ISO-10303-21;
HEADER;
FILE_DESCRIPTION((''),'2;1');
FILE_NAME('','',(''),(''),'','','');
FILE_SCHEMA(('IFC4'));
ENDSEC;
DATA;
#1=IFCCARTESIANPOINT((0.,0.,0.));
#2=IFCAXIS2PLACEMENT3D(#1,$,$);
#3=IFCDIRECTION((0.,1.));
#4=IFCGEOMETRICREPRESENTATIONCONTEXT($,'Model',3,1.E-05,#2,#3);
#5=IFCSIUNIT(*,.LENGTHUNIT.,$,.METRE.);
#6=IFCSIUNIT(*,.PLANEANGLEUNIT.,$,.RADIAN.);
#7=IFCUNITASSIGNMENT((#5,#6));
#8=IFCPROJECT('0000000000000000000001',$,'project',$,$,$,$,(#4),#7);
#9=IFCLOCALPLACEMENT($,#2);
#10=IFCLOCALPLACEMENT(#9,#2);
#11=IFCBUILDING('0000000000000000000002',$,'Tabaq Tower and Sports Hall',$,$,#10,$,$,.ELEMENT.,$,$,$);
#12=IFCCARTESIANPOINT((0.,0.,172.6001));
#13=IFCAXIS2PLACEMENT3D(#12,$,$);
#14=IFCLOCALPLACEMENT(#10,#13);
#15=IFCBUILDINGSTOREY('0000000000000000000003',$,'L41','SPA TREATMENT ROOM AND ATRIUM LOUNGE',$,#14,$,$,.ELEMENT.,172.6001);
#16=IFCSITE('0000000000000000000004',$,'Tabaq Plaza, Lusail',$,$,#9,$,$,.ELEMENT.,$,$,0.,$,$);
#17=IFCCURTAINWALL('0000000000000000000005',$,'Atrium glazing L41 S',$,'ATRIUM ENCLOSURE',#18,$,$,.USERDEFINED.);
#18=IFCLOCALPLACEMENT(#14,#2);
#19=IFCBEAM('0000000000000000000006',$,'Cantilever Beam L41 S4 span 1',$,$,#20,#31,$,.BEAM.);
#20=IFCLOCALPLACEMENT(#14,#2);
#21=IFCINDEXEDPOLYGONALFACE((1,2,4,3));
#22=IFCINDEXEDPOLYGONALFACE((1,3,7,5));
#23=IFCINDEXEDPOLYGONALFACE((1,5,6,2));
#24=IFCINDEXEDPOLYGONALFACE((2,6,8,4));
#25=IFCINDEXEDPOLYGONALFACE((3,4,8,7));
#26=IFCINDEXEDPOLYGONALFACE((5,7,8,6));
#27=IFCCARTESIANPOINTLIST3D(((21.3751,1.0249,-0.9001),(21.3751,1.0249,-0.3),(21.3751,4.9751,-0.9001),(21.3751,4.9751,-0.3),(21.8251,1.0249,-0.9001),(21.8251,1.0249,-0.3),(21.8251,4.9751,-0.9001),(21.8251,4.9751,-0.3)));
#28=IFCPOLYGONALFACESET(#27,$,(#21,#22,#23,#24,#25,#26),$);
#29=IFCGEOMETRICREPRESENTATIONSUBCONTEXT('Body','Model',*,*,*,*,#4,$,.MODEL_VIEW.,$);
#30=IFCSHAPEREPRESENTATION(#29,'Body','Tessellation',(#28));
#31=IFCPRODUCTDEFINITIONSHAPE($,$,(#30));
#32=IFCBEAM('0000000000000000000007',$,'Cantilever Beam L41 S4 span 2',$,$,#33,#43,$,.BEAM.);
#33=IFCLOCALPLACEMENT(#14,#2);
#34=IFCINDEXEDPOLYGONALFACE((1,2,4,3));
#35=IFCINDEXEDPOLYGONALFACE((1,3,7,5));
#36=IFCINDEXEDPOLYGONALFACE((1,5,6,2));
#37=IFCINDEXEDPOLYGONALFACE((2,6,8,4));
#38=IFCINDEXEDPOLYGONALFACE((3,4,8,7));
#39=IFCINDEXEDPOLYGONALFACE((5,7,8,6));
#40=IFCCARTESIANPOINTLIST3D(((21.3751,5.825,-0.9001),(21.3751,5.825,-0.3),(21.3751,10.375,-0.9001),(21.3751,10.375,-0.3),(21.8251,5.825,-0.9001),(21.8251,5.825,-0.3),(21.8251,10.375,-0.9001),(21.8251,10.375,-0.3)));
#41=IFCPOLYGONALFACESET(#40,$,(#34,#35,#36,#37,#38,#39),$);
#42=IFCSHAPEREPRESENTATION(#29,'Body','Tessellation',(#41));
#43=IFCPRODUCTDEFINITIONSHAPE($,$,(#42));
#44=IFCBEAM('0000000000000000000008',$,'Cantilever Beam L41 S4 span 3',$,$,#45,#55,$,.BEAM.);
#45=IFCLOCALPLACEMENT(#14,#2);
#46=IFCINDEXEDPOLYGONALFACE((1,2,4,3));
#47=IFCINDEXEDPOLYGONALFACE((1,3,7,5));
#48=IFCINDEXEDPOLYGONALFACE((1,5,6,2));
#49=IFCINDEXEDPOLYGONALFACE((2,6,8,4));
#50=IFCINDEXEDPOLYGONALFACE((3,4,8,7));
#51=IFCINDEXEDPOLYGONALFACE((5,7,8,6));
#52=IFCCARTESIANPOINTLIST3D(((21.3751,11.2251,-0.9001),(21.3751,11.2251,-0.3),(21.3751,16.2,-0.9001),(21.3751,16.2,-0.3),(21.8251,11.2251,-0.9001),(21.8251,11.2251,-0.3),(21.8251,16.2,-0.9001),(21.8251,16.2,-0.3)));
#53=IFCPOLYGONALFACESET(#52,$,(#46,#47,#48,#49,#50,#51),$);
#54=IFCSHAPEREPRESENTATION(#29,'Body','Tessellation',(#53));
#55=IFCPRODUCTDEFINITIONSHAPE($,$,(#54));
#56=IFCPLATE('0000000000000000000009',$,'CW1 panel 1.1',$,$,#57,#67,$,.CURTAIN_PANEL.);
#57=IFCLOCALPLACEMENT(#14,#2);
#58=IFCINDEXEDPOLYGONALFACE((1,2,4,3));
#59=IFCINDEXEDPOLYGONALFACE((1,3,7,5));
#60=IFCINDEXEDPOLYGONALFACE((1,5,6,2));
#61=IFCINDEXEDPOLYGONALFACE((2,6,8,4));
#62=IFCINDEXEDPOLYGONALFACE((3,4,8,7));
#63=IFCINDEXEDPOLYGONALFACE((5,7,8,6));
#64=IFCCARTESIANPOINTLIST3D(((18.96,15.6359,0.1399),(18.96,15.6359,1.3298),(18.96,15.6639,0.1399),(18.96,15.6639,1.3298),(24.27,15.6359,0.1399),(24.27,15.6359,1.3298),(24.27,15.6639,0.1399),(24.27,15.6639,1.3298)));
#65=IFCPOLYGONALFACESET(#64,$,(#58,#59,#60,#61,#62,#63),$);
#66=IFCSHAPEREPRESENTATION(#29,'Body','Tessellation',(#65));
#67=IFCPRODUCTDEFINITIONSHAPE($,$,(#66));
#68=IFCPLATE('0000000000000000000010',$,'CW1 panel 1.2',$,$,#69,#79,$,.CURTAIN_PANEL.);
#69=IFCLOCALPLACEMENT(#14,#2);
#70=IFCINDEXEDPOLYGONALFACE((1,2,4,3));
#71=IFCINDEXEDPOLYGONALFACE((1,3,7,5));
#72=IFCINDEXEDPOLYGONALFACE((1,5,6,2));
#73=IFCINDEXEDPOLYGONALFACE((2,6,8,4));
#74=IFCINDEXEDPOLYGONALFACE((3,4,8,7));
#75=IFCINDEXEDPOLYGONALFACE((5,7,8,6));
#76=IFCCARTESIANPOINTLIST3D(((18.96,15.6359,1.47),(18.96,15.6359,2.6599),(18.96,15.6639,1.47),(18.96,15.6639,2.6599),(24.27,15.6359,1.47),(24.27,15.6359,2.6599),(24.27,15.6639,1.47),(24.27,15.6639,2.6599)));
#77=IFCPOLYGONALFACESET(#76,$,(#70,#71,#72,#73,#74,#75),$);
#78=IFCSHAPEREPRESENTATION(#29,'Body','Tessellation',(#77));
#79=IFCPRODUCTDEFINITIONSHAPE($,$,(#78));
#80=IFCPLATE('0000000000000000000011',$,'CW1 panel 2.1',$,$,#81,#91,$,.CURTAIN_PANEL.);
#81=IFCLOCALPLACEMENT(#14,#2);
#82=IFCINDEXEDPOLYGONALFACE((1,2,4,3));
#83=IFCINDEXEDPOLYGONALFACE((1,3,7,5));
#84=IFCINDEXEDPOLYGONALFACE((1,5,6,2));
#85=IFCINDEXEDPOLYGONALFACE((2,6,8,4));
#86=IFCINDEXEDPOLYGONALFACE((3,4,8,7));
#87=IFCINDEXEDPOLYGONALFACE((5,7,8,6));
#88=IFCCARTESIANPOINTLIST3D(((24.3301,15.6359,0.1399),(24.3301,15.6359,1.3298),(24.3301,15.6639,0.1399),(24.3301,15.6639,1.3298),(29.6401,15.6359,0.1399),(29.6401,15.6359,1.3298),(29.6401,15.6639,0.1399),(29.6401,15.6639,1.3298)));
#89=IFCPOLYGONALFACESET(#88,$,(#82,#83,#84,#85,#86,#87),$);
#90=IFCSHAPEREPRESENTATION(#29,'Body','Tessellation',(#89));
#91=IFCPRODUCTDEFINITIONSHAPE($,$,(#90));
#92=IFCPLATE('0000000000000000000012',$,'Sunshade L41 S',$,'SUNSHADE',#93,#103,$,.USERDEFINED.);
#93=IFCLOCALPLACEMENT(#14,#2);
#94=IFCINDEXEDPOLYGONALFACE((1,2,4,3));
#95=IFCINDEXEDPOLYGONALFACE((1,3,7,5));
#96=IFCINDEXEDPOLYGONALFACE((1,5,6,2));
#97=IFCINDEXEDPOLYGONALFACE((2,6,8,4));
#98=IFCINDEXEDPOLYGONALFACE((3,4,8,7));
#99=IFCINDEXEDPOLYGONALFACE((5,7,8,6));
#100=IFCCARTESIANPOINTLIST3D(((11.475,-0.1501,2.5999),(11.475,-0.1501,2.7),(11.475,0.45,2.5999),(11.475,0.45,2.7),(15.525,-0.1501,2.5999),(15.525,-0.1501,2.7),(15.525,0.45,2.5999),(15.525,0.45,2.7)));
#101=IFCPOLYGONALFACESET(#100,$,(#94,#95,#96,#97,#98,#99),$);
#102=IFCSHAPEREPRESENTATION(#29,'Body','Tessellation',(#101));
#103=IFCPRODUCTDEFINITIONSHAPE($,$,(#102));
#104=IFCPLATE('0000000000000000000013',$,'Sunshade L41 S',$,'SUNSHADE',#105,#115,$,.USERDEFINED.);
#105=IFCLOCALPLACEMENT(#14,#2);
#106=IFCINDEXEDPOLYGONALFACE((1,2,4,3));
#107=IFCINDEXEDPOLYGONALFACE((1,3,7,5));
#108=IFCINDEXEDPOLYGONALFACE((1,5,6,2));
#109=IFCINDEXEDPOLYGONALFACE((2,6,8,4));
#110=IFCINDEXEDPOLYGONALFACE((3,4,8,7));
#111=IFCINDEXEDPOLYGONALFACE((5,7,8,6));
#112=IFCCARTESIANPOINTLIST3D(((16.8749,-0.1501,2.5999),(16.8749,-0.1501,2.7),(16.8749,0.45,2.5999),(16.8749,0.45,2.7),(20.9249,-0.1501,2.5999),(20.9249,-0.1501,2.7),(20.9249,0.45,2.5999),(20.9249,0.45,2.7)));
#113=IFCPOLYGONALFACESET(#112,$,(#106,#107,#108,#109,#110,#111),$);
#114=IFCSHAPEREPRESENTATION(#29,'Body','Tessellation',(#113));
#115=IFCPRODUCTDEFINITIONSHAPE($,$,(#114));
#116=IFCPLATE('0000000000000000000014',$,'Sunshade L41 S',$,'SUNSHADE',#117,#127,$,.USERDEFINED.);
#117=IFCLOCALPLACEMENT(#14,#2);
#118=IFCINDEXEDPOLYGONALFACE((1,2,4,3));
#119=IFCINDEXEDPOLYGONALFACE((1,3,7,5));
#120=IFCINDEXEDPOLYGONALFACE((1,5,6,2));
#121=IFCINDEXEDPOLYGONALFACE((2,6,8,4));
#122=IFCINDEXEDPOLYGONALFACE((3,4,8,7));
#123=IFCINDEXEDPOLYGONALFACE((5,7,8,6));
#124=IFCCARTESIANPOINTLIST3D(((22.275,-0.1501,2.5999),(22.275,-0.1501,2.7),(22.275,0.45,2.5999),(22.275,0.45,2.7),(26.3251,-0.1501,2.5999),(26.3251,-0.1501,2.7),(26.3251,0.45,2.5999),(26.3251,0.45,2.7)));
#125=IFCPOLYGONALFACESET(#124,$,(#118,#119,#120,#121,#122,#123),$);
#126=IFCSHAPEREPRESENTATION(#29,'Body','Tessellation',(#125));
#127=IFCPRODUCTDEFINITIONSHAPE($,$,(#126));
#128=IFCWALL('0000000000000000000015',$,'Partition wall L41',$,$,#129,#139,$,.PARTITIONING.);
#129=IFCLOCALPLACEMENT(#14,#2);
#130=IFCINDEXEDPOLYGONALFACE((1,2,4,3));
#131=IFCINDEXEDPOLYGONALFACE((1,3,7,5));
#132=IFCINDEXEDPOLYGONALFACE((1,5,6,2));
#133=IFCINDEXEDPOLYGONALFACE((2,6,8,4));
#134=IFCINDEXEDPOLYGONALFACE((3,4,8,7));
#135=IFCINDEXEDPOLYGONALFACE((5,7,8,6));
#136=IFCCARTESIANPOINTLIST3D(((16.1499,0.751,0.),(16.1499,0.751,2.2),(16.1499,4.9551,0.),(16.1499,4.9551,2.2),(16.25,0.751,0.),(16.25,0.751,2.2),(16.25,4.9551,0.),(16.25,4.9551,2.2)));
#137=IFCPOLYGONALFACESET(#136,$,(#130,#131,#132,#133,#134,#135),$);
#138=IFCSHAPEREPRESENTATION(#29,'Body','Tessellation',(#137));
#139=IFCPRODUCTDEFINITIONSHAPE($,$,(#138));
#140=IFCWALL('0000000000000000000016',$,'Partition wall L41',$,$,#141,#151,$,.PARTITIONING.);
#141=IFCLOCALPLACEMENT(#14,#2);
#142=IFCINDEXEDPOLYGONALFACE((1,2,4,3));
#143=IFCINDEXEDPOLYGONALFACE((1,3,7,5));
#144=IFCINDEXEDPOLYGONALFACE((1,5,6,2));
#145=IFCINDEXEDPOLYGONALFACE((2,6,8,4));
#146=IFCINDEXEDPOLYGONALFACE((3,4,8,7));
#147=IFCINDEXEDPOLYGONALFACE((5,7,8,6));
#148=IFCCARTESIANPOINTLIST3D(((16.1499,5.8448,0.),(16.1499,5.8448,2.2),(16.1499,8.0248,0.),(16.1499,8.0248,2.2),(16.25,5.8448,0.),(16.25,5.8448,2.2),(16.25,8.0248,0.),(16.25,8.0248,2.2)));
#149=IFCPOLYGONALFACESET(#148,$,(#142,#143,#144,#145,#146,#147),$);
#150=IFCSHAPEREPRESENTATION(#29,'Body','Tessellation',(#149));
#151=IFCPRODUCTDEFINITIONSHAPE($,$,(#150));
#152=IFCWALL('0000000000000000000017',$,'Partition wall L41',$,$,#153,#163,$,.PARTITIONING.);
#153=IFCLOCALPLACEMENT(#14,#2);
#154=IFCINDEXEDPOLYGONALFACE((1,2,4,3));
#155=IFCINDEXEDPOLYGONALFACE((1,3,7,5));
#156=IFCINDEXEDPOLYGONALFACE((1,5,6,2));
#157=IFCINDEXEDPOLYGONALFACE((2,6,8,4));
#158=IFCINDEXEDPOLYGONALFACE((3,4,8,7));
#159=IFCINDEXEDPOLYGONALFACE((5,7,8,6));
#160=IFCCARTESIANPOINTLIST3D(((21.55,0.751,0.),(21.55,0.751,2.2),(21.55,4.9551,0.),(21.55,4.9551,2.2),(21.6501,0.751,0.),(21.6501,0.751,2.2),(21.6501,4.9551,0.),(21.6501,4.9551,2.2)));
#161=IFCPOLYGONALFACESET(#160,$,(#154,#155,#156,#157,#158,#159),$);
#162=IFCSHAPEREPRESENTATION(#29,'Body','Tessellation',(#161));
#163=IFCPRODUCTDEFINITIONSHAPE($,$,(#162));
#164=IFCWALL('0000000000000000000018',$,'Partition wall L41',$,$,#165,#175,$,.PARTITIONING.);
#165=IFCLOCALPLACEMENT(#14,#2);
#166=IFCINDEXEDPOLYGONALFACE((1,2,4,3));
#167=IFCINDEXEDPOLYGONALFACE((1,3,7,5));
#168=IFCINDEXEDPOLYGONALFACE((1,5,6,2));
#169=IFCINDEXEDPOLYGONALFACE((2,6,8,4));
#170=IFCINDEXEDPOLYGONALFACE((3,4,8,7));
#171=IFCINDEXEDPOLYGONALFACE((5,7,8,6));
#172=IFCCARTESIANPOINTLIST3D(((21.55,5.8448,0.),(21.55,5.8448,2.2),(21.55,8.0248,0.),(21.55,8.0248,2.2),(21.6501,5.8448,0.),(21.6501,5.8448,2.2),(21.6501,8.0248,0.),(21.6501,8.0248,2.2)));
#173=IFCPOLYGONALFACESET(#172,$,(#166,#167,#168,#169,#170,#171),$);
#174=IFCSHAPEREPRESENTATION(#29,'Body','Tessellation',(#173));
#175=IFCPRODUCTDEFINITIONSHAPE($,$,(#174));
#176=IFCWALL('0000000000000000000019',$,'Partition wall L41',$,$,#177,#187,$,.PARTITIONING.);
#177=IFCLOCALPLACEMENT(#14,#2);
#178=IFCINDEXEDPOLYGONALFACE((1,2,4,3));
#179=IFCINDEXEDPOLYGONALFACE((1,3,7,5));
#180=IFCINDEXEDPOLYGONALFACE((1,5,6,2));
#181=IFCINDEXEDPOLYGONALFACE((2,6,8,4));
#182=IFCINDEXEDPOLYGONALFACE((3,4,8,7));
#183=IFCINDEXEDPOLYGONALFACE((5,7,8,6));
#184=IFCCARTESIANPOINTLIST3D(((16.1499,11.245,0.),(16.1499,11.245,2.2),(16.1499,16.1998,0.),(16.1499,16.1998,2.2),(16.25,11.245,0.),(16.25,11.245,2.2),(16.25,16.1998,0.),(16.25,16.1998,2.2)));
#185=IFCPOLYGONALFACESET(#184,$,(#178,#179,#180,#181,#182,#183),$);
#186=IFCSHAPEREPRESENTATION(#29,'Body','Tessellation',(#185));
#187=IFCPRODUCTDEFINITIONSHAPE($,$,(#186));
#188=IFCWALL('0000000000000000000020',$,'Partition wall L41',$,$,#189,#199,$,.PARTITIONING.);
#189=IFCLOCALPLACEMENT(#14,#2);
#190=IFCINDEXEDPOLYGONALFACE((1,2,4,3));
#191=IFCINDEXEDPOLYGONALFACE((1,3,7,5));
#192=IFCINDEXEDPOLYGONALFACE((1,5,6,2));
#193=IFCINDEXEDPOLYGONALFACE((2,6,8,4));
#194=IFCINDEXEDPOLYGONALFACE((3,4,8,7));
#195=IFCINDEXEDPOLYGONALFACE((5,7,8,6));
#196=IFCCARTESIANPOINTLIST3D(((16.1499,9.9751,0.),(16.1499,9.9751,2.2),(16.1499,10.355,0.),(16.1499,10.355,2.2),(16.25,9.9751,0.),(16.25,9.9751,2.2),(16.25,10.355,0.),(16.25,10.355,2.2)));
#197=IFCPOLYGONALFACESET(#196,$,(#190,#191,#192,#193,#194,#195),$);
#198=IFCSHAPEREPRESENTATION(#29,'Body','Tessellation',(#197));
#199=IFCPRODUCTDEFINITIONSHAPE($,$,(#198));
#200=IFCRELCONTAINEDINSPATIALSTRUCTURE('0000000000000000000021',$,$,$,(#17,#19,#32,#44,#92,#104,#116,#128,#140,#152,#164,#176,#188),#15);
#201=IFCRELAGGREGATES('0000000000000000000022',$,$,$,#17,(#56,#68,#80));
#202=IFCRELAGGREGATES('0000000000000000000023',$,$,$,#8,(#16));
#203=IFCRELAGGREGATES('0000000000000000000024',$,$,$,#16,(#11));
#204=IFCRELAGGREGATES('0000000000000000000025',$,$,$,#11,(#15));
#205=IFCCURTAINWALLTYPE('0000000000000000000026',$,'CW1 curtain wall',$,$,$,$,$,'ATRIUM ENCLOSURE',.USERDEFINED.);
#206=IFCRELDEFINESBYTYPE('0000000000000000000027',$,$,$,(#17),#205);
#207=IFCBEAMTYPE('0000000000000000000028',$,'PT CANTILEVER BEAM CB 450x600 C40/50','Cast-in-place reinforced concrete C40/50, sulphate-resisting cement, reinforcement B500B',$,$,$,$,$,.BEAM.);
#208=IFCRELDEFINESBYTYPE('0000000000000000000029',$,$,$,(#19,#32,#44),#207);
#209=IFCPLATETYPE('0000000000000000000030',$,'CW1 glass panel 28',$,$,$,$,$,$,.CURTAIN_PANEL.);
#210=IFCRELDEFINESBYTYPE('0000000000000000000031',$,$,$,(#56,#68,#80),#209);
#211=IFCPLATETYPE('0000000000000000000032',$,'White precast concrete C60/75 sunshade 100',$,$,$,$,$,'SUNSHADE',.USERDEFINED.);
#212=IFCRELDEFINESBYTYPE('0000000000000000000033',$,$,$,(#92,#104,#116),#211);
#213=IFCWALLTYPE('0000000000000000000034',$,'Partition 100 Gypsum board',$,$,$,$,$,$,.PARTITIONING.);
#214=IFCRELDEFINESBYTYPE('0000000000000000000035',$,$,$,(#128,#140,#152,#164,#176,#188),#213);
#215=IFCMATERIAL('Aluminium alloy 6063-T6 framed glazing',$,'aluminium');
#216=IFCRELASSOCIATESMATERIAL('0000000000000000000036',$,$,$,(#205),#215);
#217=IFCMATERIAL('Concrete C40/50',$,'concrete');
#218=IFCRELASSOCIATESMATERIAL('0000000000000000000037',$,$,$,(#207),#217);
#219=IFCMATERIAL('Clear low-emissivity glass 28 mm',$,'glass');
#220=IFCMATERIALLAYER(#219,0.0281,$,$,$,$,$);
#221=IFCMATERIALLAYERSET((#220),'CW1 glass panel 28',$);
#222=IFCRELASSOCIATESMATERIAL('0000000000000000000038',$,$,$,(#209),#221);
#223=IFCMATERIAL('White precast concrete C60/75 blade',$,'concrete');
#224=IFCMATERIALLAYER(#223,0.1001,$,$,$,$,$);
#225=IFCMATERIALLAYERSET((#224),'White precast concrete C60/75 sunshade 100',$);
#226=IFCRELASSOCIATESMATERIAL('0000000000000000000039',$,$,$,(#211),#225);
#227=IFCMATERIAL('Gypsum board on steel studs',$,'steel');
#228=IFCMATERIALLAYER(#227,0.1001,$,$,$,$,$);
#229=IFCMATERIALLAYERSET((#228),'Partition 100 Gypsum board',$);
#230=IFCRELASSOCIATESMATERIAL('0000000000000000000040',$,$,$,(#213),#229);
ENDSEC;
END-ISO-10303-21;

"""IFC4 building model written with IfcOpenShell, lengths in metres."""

from ifc_helpers import new_model, si_unit, direction, frame, frame_2d, origin, origin_2d, place, context, subcontext, project, spatial, rectangle, extrude, material, layer, layer_set, material_profile, profile_set, type_object, element, aggregate, save


model = new_model("IFC4")

# Units and contexts
model_context = context("Model", 3, precision=1e-05, world=origin(), true_north=direction((0.0, 1.0)))
body_context = subcontext(model_context, "Body", "Model", "MODEL_VIEW")
ifc_project = project(units=[si_unit("LENGTHUNIT", "METRE"), si_unit("PLANEANGLEUNIT", "RADIAN")], contexts=[model_context])

# Site, building, storey
site_placement = place(None, origin())
site = spatial("IfcSite", under=ifc_project, at=site_placement, Name="Tabaq Plaza, Lusail", CompositionType="ELEMENT", RefElevation=0.0)
building_placement = place(site_placement, origin())
building = spatial("IfcBuilding", under=site, at=building_placement, Name="Tabaq Tower and Sports Hall", CompositionType="ELEMENT")
storey_placement = place(building_placement, frame((0.0, 0.0, 172.6001)))
storey = spatial("IfcBuildingStorey", under=building, at=storey_placement, Name="L41", Description="SPA TREATMENT ROOM AND ATRIUM LOUNGE", CompositionType="ELEMENT", Elevation=172.6001)

# Curtain wall
ifc_material_1 = material(Name="Aluminium alloy 6063-T6 framed glazing", Category="aluminium")
curtain_wall_type = type_object("IfcCurtainWallType", Name="CW1 curtain wall", ElementType="ATRIUM ENCLOSURE", PredefinedType="USERDEFINED", material=ifc_material_1)
curtain_wall_placement = place(storey_placement, origin())
curtain_wall = element("IfcCurtainWall", 1, at=curtain_wall_placement, inside=storey, type_object=curtain_wall_type, Name="Atrium glazing L41 S", ObjectType="ATRIUM ENCLOSURE", PredefinedType="USERDEFINED")

# Beams
ifc_material_2 = material(Name="Concrete C40/50", Category="concrete")
ifc_material_profile_1 = material_profile(ifc_material_2, rectangle(XDim=0.45, YDim=0.6001, at=origin_2d()), Name="CB 450x600")
ifc_profile_set_1 = profile_set([ifc_material_profile_1], Name="Concrete C40/50")
beam_type = type_object("IfcBeamType", Name="PT CANTILEVER BEAM CB 450x600 C40/50", Description="Cast-in-place reinforced concrete C40/50, sulphate-resisting cement, reinforcement B500B", PredefinedType="BEAM", material=ifc_profile_set_1)
beam_1_placement = place(storey_placement, frame((21.6001, 1.0249, -0.6001), z_axis=(0.0, 1.0, 0.0), x_axis=(-1.0, 0.0, 0.0)))
element("IfcBeam", 2, at=beam_1_placement, inside=storey, type_object=beam_type, Name="Cantilever Beam L41 S4 span 1", PredefinedType="BEAM", context=body_context, shape_type="SweptSolid", body=[
    extrude(rectangle(XDim=0.45, YDim=0.6001, at=origin_2d()), origin(), (0.0, 0.0, 1.0), 3.9502),
])
beam_2_placement = place(storey_placement, frame((21.6001, 5.825, -0.6001), z_axis=(0.0, 1.0, 0.0), x_axis=(-1.0, 0.0, 0.0)))
element("IfcBeam", 3, at=beam_2_placement, inside=storey, type_object=beam_type, Name="Cantilever Beam L41 S4 span 2", PredefinedType="BEAM", context=body_context, shape_type="SweptSolid", body=[
    extrude(rectangle(XDim=0.45, YDim=0.6001, at=origin_2d()), origin(), (0.0, 0.0, 1.0), 4.55),
])
beam_3_placement = place(storey_placement, frame((21.6001, 11.2251, -0.6001), z_axis=(0.0, 1.0, 0.0), x_axis=(-1.0, 0.0, 0.0)))
element("IfcBeam", 4, at=beam_3_placement, inside=storey, type_object=beam_type, Name="Cantilever Beam L41 S4 span 3", PredefinedType="BEAM", context=body_context, shape_type="SweptSolid", body=[
    extrude(rectangle(XDim=0.45, YDim=0.6001, at=origin_2d()), origin(), (0.0, 0.0, 1.0), 4.9749),
])

# Plates
ifc_material_3 = material(Name="Clear low-emissivity glass 28 mm", Category="glass")
ifc_layer_1 = layer(ifc_material_3, 0.0281)
ifc_layer_set_1 = layer_set([ifc_layer_1], Name="CW1 glass panel 28")
plate_type_1 = type_object("IfcPlateType", Name="CW1 glass panel 28", PredefinedType="CURTAIN_PANEL", material=ifc_layer_set_1)
plate_1_placement = place(storey_placement, frame((21.615, 15.6499, 0.1399), z_axis=(0.0, 0.0, 1.0), x_axis=(1.0, 0.0, 0.0)))
plate_1 = element("IfcPlate", 5, at=plate_1_placement, type_object=plate_type_1, Name="CW1 panel 1.1", PredefinedType="CURTAIN_PANEL", context=body_context, shape_type="SweptSolid", body=[
    extrude(rectangle(XDim=5.3101, YDim=0.0281, at=origin_2d()), origin(), (0.0, 0.0, 1.0), 1.1899),
])
plate_2_placement = place(storey_placement, frame((21.615, 15.6499, 1.47), z_axis=(0.0, 0.0, 1.0), x_axis=(1.0, 0.0, 0.0)))
plate_2 = element("IfcPlate", 6, at=plate_2_placement, type_object=plate_type_1, Name="CW1 panel 1.2", PredefinedType="CURTAIN_PANEL", context=body_context, shape_type="SweptSolid", body=[
    extrude(rectangle(XDim=5.3101, YDim=0.0281, at=origin_2d()), origin(), (0.0, 0.0, 1.0), 1.1899),
])
plate_3_placement = place(storey_placement, frame((26.9851, 15.6499, 0.1399), z_axis=(0.0, 0.0, 1.0), x_axis=(1.0, 0.0, 0.0)))
plate_3 = element("IfcPlate", 7, at=plate_3_placement, type_object=plate_type_1, Name="CW1 panel 2.1", PredefinedType="CURTAIN_PANEL", context=body_context, shape_type="SweptSolid", body=[
    extrude(rectangle(XDim=5.3101, YDim=0.0281, at=origin_2d()), origin(), (0.0, 0.0, 1.0), 1.1899),
])
aggregate(curtain_wall, [plate_1, plate_2, plate_3])

# Plates
ifc_material_4 = material(Name="White precast concrete C60/75 blade", Category="concrete")
ifc_layer_2 = layer(ifc_material_4, 0.1001)
ifc_layer_set_2 = layer_set([ifc_layer_2], Name="White precast concrete C60/75 sunshade 100")
plate_type_2 = type_object("IfcPlateType", Name="White precast concrete C60/75 sunshade 100", ElementType="SUNSHADE", PredefinedType="USERDEFINED", material=ifc_layer_set_2)
for number, where, z_axis, x_axis, name in (
    (8, (13.5, 0.1499, 2.5999), (0.0, 0.0, 1.0), (1.0, 0.0, 0.0), "Sunshade L41 S"),
    (9, (18.8999, 0.1499, 2.5999), (0.0, 0.0, 1.0), (1.0, 0.0, 0.0), "Sunshade L41 S"),
    (10, (24.3, 0.1499, 2.5999), (0.0, 0.0, 1.0), (1.0, 0.0, 0.0), "Sunshade L41 S"),
):
    element("IfcPlate", number, at=place(storey_placement, frame(where, z_axis=z_axis, x_axis=x_axis)), inside=storey, type_object=plate_type_2, Name=name, ObjectType="SUNSHADE", PredefinedType="USERDEFINED", context=body_context, shape_type="SweptSolid", body=[
        extrude(rectangle(XDim=4.05, YDim=0.6001, at=origin_2d()), origin(), (0.0, 0.0, 1.0), 0.1001),
    ])

# Walls
ifc_material_5 = material(Name="Gypsum board on steel studs", Category="steel")
ifc_layer_3 = layer(ifc_material_5, 0.1001)
ifc_layer_set_3 = layer_set([ifc_layer_3], Name="Partition 100 Gypsum board")
wall_type = type_object("IfcWallType", Name="Partition 100 Gypsum board", PredefinedType="PARTITIONING", material=ifc_layer_set_3)
wall_1_placement = place(storey_placement, frame((16.2, 0.751, 0.0), z_axis=(0.0, 0.0, 1.0), x_axis=(0.0, 1.0, 0.0)))
element("IfcWall", 11, at=wall_1_placement, inside=storey, type_object=wall_type, Name="Partition wall L41", PredefinedType="PARTITIONING", context=body_context, shape_type="SweptSolid", body=[
    extrude(rectangle(XDim=4.2041, YDim=0.1001, at=frame_2d((2.1021, 0.0))), origin(), (0.0, 0.0, 1.0), 2.2),
])
wall_2_placement = place(storey_placement, frame((16.2, 5.845, 0.0), z_axis=(0.0, 0.0, 1.0), x_axis=(0.0, 1.0, 0.0)))
element("IfcWall", 12, at=wall_2_placement, inside=storey, type_object=wall_type, Name="Partition wall L41", PredefinedType="PARTITIONING", context=body_context, shape_type="SweptSolid", body=[
    extrude(rectangle(XDim=2.1799, YDim=0.1001, at=frame_2d((1.0898, 0.0))), origin(), (0.0, 0.0, 1.0), 2.2),
])
wall_3_placement = place(storey_placement, frame((21.6001, 0.751, 0.0), z_axis=(0.0, 0.0, 1.0), x_axis=(0.0, 1.0, 0.0)))
element("IfcWall", 13, at=wall_3_placement, inside=storey, type_object=wall_type, Name="Partition wall L41", PredefinedType="PARTITIONING", context=body_context, shape_type="SweptSolid", body=[
    extrude(rectangle(XDim=4.2041, YDim=0.1001, at=frame_2d((2.1021, 0.0))), origin(), (0.0, 0.0, 1.0), 2.2),
])
wall_4_placement = place(storey_placement, frame((21.6001, 5.845, 0.0), z_axis=(0.0, 0.0, 1.0), x_axis=(0.0, 1.0, 0.0)))
element("IfcWall", 14, at=wall_4_placement, inside=storey, type_object=wall_type, Name="Partition wall L41", PredefinedType="PARTITIONING", context=body_context, shape_type="SweptSolid", body=[
    extrude(rectangle(XDim=2.1799, YDim=0.1001, at=frame_2d((1.0898, 0.0))), origin(), (0.0, 0.0, 1.0), 2.2),
])
wall_5_placement = place(storey_placement, frame((16.2, 16.2, 0.0), z_axis=(0.0, 0.0, 1.0), x_axis=(0.0, -1.0, 0.0)))
element("IfcWall", 15, at=wall_5_placement, inside=storey, type_object=wall_type, Name="Partition wall L41", PredefinedType="PARTITIONING", context=body_context, shape_type="SweptSolid", body=[
    extrude(rectangle(XDim=4.9548, YDim=0.1001, at=frame_2d((2.4775, 0.0))), origin(), (0.0, 0.0, 1.0), 2.2),
])
wall_6_placement = place(storey_placement, frame((16.2, 10.355, 0.0), z_axis=(0.0, 0.0, 1.0), x_axis=(0.0, -1.0, 0.0)))
element("IfcWall", 16, at=wall_6_placement, inside=storey, type_object=wall_type, Name="Partition wall L41", PredefinedType="PARTITIONING", context=body_context, shape_type="SweptSolid", body=[
    extrude(rectangle(XDim=0.3799, YDim=0.1001, at=frame_2d((0.1899, 0.0))), origin(), (0.0, 0.0, 1.0), 2.2),
])

save(model, "model.ifc")
